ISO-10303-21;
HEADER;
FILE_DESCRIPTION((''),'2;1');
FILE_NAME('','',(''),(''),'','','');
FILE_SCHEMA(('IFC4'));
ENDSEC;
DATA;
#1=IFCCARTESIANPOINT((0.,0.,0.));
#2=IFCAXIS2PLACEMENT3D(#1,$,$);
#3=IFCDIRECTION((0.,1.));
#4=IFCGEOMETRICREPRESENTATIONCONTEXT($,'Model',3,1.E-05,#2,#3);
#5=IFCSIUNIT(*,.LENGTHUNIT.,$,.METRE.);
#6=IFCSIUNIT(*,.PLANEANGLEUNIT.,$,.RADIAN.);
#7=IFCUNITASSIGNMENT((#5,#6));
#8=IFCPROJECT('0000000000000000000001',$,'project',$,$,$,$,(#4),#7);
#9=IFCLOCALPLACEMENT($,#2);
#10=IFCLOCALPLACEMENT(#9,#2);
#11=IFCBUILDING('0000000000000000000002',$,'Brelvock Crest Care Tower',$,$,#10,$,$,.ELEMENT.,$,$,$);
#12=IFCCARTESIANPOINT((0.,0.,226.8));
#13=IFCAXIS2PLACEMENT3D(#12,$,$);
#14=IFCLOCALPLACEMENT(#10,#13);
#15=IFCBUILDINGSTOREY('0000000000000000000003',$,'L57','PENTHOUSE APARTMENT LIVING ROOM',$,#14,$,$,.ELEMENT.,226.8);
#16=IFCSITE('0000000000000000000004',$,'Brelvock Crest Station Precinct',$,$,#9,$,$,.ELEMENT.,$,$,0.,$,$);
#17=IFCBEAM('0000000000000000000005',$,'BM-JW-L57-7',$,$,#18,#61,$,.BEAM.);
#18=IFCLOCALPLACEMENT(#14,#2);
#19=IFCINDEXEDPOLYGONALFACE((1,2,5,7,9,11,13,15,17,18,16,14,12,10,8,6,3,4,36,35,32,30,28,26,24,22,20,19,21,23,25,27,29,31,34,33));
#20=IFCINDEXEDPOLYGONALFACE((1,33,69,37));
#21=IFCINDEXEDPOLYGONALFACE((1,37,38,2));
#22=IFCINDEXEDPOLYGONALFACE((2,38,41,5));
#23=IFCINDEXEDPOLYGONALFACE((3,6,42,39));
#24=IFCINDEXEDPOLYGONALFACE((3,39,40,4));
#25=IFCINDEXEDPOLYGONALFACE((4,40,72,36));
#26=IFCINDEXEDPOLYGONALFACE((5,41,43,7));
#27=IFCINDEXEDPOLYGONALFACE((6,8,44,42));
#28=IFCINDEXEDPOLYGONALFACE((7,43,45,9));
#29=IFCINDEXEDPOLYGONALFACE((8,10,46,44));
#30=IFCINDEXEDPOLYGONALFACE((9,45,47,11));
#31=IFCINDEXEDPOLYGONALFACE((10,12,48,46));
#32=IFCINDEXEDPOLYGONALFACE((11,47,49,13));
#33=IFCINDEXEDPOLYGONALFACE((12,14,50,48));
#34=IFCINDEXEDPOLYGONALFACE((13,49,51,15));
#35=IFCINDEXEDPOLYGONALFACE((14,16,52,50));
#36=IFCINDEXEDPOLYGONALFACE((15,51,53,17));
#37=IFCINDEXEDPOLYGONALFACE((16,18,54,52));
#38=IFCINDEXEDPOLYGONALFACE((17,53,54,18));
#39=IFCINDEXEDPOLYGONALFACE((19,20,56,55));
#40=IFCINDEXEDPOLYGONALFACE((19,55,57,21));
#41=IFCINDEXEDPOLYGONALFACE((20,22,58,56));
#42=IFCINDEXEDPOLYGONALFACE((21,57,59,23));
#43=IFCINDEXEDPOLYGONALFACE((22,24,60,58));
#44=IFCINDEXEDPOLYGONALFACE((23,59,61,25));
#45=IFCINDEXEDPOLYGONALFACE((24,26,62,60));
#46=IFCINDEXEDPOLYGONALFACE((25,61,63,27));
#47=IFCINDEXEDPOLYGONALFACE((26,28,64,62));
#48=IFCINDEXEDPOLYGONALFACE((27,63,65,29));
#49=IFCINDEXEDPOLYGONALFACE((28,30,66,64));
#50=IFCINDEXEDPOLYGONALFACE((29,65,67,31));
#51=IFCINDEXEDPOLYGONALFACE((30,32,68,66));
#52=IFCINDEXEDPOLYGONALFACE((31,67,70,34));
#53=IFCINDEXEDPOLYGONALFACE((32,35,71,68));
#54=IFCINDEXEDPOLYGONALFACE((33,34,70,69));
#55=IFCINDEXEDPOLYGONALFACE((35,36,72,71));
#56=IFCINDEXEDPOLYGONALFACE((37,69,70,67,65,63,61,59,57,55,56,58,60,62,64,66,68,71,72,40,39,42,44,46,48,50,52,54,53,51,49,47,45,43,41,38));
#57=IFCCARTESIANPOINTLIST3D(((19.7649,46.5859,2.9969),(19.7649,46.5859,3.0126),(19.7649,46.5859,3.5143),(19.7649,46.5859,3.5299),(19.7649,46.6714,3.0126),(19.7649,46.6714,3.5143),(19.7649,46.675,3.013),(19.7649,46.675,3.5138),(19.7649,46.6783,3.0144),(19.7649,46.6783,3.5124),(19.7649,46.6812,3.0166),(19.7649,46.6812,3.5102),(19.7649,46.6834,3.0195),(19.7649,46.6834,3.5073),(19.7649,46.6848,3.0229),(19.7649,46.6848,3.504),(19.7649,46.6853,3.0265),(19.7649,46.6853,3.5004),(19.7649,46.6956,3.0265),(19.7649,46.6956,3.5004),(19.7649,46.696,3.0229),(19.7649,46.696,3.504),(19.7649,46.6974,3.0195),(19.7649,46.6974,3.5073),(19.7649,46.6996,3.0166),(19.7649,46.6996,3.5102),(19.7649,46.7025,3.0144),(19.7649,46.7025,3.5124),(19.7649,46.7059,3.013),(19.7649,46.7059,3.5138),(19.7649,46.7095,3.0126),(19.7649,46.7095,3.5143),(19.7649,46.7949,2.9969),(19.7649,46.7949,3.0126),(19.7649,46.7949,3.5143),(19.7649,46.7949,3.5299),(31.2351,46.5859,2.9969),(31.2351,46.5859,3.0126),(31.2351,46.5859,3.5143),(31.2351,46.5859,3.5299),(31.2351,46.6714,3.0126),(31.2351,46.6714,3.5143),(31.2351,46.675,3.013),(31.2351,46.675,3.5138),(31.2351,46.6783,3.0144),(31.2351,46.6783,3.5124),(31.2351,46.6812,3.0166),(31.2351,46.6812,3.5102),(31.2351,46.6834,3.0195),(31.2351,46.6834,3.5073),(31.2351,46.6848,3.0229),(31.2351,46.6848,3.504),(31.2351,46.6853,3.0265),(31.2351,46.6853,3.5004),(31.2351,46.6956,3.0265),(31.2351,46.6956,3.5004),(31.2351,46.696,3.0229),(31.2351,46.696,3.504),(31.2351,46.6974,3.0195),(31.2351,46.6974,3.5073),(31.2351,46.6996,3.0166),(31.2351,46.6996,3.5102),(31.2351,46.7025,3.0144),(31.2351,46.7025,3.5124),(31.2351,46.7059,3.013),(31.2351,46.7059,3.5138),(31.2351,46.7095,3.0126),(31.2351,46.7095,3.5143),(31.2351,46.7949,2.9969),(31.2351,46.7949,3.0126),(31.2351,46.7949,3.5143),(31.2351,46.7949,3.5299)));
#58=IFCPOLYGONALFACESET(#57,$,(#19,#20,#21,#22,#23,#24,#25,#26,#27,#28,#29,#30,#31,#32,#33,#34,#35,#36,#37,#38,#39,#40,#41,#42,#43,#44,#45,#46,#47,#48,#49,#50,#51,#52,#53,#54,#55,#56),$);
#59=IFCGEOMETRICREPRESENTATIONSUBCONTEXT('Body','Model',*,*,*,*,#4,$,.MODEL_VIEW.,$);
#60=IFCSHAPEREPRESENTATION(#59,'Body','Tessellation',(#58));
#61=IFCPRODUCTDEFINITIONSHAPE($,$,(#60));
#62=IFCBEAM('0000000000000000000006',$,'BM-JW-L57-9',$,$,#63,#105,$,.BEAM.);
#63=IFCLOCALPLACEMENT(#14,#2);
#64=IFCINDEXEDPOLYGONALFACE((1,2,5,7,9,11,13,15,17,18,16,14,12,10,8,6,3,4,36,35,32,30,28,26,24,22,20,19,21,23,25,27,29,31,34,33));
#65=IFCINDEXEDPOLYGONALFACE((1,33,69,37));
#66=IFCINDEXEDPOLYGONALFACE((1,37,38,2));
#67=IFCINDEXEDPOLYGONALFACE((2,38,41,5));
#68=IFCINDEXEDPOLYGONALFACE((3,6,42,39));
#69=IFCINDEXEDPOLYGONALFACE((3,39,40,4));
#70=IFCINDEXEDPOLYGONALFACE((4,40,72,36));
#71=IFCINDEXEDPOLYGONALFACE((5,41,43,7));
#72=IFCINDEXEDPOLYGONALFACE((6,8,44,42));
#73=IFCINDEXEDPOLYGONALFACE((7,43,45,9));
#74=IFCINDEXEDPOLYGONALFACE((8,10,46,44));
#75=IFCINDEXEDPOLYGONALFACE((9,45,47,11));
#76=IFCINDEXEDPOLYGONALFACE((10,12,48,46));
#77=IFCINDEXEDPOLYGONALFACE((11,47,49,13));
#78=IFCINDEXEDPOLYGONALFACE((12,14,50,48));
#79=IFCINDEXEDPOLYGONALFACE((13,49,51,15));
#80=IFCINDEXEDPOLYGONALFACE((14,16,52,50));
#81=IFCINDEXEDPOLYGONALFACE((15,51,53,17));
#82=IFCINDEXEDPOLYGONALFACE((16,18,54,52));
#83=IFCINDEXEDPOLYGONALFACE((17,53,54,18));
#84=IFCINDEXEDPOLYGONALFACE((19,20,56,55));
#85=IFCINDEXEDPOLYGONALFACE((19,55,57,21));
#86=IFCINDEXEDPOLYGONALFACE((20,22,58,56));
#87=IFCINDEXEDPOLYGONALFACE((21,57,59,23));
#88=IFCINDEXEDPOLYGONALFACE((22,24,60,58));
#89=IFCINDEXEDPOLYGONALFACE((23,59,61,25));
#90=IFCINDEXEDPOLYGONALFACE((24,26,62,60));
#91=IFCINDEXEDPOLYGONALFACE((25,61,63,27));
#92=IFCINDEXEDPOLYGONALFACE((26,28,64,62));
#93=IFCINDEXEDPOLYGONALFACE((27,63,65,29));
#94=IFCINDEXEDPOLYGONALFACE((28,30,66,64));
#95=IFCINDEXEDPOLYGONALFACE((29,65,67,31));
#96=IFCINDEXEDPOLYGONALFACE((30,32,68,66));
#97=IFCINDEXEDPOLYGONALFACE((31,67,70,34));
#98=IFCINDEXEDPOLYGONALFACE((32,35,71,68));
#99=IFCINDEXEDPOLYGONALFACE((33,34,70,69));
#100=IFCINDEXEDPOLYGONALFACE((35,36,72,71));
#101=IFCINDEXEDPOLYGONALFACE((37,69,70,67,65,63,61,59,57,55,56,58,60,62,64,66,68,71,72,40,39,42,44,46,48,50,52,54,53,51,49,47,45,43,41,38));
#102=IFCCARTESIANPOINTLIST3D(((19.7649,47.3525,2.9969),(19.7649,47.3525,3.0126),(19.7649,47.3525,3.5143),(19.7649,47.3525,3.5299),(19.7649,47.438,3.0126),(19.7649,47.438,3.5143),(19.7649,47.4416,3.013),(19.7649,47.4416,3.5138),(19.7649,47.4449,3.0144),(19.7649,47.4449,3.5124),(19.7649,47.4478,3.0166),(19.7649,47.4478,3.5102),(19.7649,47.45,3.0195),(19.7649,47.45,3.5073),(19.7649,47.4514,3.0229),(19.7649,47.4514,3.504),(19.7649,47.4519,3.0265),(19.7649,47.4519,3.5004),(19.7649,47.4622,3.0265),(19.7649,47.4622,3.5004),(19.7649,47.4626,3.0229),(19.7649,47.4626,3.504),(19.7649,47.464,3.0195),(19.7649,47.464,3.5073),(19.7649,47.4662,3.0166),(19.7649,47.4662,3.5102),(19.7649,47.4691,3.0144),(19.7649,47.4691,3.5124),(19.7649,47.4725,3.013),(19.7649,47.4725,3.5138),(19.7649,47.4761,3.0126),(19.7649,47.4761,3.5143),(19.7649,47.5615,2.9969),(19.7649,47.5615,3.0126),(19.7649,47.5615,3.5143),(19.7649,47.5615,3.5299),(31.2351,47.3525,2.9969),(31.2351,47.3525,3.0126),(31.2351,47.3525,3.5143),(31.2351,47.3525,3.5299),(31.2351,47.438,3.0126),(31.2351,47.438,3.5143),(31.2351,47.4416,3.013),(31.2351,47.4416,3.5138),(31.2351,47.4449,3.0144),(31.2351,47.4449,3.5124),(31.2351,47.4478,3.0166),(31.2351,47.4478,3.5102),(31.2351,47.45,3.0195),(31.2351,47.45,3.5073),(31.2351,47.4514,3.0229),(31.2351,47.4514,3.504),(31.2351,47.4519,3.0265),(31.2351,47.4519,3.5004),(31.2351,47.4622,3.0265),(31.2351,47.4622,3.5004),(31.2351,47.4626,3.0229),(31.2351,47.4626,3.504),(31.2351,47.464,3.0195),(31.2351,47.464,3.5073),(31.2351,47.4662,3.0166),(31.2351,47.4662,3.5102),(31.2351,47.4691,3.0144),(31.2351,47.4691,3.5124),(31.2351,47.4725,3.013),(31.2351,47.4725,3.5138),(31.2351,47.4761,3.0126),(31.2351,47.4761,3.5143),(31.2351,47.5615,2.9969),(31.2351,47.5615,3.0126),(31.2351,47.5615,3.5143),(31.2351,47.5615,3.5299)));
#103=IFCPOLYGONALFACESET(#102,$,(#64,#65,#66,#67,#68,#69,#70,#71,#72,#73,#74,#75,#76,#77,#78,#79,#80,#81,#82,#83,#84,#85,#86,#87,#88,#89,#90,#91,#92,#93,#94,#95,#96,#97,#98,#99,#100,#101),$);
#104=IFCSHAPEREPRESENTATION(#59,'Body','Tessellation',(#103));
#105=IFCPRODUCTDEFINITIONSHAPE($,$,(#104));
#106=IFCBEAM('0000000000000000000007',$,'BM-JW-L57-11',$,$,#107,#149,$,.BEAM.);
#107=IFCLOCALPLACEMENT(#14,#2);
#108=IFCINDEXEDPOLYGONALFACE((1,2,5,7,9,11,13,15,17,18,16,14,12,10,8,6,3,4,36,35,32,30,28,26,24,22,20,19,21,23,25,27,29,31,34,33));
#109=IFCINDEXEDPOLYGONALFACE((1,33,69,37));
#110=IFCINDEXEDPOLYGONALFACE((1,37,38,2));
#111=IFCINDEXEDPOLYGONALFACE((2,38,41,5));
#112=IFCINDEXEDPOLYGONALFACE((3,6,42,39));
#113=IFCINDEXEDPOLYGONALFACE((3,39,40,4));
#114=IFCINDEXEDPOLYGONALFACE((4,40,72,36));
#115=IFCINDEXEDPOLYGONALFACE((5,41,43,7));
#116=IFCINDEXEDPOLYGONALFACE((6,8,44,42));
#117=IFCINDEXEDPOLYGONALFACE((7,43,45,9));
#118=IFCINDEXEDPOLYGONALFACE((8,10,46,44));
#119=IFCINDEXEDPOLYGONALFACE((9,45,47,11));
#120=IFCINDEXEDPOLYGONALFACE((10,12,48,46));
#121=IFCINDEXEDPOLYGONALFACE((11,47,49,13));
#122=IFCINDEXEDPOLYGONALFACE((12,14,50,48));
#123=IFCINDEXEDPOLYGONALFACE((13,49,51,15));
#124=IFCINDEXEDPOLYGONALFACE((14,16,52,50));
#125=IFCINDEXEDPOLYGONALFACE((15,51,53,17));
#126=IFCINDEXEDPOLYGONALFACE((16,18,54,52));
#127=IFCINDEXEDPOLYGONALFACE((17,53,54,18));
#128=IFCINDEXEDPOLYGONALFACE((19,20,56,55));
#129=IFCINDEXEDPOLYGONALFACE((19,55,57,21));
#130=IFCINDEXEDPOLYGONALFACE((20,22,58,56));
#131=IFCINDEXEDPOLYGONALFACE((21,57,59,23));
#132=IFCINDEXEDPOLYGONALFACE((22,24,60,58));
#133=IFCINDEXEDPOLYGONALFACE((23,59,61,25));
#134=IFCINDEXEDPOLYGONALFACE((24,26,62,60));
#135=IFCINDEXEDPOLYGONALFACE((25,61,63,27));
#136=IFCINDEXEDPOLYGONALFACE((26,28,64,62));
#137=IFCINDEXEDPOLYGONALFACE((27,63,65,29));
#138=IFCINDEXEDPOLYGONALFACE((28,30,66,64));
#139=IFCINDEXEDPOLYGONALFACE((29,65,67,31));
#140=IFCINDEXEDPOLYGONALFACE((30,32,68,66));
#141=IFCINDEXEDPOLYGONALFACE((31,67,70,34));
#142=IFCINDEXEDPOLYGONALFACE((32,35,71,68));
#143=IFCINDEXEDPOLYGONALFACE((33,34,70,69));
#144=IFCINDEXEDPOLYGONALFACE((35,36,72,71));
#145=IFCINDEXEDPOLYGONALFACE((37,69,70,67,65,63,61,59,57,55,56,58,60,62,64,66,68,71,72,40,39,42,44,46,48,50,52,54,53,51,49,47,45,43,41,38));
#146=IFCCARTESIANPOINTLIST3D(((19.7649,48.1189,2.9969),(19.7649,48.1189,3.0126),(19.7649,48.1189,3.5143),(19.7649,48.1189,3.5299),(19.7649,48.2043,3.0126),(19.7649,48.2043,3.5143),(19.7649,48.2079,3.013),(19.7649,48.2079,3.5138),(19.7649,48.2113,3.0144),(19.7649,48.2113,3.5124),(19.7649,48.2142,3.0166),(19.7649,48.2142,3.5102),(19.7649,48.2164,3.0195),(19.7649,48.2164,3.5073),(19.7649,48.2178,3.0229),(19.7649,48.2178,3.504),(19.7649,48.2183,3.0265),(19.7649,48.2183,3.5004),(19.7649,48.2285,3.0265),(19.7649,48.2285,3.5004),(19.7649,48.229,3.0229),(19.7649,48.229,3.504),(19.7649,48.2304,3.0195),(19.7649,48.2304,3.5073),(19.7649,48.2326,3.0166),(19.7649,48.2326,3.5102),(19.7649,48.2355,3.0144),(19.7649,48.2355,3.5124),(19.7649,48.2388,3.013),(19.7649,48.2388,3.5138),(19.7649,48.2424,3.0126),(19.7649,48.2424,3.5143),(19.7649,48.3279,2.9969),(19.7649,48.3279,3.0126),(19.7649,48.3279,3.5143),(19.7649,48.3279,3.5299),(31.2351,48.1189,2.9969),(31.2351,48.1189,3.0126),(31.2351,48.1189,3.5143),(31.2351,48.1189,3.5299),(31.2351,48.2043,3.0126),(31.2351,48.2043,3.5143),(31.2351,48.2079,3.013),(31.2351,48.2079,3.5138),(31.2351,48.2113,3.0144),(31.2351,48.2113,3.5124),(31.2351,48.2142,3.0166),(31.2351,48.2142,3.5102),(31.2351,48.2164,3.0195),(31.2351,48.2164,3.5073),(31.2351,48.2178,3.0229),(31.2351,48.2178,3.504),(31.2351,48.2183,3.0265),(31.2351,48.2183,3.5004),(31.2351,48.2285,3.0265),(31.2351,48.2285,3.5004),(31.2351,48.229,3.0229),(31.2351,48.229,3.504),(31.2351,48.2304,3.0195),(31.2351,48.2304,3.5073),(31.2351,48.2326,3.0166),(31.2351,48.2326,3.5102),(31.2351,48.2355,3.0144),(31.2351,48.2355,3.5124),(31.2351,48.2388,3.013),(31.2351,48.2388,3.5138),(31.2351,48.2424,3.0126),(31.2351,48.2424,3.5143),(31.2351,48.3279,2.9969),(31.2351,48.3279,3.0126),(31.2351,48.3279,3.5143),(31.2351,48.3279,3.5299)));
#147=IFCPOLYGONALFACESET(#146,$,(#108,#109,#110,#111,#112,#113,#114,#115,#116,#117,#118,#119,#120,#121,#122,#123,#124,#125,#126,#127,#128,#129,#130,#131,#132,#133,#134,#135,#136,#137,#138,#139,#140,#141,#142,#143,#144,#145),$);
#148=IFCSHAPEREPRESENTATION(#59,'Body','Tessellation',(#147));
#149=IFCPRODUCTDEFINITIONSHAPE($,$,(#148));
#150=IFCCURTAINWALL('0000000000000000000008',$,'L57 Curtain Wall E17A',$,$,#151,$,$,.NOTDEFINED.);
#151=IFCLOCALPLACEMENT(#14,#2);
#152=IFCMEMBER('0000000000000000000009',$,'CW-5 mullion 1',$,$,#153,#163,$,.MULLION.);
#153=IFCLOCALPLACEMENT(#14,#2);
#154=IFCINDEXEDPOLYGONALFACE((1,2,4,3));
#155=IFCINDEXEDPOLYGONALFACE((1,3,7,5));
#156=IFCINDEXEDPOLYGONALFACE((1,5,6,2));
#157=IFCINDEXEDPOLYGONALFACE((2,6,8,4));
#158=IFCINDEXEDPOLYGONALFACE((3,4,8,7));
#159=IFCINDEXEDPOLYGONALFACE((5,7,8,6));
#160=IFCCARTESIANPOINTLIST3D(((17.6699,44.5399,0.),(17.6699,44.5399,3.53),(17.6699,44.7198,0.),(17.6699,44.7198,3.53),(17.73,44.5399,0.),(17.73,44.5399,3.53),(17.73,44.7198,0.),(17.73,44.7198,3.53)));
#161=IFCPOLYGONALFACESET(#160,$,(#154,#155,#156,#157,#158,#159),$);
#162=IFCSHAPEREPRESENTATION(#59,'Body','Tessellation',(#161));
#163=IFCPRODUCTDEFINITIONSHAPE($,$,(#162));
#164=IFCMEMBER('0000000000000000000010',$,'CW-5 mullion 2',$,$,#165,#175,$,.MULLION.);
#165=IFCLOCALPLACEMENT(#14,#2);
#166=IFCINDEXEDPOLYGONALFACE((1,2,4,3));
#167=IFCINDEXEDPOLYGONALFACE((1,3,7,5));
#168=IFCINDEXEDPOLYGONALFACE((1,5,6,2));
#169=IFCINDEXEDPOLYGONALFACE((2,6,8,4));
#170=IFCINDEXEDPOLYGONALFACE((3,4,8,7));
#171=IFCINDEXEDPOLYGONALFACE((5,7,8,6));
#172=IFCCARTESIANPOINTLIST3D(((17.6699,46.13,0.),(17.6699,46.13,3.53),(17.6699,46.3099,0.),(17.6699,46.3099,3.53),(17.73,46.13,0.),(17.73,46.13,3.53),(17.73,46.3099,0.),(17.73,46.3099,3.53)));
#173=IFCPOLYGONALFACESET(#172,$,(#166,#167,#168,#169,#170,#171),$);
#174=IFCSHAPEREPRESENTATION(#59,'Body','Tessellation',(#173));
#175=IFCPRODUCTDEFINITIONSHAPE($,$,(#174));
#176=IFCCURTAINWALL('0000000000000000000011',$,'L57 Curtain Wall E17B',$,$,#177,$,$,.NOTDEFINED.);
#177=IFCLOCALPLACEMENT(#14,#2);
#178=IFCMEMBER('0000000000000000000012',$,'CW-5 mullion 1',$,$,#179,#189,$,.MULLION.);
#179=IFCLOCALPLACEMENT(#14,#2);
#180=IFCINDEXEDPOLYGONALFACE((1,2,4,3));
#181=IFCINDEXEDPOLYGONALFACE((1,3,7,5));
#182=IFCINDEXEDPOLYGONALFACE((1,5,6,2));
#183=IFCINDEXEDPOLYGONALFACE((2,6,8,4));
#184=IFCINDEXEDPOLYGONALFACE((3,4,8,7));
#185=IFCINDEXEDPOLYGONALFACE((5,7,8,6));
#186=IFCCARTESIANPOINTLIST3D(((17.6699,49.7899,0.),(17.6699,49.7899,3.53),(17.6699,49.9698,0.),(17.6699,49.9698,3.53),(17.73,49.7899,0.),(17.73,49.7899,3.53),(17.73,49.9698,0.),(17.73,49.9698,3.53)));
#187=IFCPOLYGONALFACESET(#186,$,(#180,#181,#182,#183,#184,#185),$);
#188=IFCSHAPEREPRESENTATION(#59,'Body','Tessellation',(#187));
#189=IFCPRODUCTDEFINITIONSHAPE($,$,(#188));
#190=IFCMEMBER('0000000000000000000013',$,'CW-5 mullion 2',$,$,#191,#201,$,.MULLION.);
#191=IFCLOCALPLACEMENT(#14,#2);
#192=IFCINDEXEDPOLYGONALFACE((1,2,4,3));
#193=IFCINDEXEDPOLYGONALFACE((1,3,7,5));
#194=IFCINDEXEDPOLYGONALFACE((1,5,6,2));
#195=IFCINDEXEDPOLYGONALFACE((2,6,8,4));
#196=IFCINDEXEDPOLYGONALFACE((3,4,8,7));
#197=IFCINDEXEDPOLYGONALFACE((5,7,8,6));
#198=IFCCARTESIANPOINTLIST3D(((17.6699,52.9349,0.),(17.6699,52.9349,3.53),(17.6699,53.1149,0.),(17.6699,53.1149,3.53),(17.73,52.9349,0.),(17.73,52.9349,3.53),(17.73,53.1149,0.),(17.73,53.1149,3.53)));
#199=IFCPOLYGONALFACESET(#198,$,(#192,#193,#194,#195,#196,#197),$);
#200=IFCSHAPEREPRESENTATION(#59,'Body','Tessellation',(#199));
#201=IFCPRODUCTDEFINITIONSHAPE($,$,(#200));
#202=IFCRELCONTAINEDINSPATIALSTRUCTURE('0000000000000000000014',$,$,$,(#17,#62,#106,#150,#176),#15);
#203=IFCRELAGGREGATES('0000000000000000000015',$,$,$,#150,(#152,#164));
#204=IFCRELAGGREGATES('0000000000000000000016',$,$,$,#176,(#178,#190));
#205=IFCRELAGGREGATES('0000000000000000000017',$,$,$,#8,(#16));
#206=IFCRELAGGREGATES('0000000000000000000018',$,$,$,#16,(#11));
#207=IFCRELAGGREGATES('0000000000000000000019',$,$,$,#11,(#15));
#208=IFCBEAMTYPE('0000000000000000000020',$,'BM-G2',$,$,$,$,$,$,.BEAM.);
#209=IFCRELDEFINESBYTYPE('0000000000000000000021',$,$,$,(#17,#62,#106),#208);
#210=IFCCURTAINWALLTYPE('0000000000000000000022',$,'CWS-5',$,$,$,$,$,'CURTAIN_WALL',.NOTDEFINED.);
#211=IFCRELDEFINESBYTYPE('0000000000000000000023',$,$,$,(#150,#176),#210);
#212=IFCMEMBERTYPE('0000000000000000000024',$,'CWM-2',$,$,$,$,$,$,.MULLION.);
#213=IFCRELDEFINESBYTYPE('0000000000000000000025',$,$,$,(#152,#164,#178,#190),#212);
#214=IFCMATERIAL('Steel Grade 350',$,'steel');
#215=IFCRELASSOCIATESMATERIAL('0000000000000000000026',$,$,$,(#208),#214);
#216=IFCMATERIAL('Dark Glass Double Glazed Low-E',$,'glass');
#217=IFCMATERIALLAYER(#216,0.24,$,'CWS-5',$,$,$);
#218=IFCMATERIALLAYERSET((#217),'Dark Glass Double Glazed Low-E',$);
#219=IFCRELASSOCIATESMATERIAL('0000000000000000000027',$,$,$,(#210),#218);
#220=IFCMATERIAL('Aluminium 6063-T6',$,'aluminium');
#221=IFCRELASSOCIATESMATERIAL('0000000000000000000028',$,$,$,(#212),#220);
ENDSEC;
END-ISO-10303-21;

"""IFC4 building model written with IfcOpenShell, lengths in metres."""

from ifc_helpers import new_model, si_unit, direction, frame, origin, origin_2d, place, context, subcontext, project, spatial, rectangle, i_section, extrude, source, transform, mapped, material, layer, layer_set, material_profile, profile_set, type_object, element, aggregate, save


model = new_model("IFC4")

# Units and contexts
model_context = context("Model", 3, precision=1e-05, world=origin(), true_north=direction((0.0, 1.0)))
body_context = subcontext(model_context, "Body", "Model", "MODEL_VIEW")
ifc_project = project(units=[si_unit("LENGTHUNIT", "METRE"), si_unit("PLANEANGLEUNIT", "RADIAN")], contexts=[model_context])

# Site, building, storey
site_placement = place(None, origin())
site = spatial("IfcSite", under=ifc_project, at=site_placement, Name="Brelvock Crest Station Precinct", CompositionType="ELEMENT", RefElevation=0.0)
building_placement = place(site_placement, origin())
building = spatial("IfcBuilding", under=site, at=building_placement, Name="Brelvock Crest Care Tower", CompositionType="ELEMENT")
storey_placement = place(building_placement, frame((0.0, 0.0, 226.8)))
storey = spatial("IfcBuildingStorey", under=building, at=storey_placement, Name="L57", Description="PENTHOUSE APARTMENT LIVING ROOM", CompositionType="ELEMENT", Elevation=226.8)

# Beams
ifc_material_1 = material(Name="Steel Grade 350", Category="steel")
ifc_material_profile_1 = material_profile(ifc_material_1, i_section(OverallWidth=0.209, OverallDepth=0.533, WebThickness=0.0103, FlangeThickness=0.0156, FilletRadius=0.0139, at=origin_2d()), Name="530UB92.4")
ifc_profile_set_1 = profile_set([ifc_material_profile_1], Name="Steel Grade 350")
beam_type_1 = type_object("IfcBeamType", Name="BM-G2", PredefinedType="BEAM", material=ifc_profile_set_1)
shared_shape_1 = source(origin(), body_context, "Body", "SweptSolid", [
    extrude(i_section(OverallWidth=0.209, OverallDepth=0.533, WebThickness=0.0103, FlangeThickness=0.0156, FilletRadius=0.0139, at=origin_2d()), origin(), (0.0, 0.0, 1.0), 11.4702),
])
for number, where, z_axis, x_axis, name in (
    (1, (19.7649, 46.6904, 3.2634), (1.0, 0.0, 0.0), (0.0, 1.0, 0.0), "BM-JW-L57-7"),
    (2, (19.7649, 47.457, 3.2634), (1.0, 0.0, 0.0), (0.0, 1.0, 0.0), "BM-JW-L57-9"),
    (3, (19.7649, 48.2234, 3.2634), (1.0, 0.0, 0.0), (0.0, 1.0, 0.0), "BM-JW-L57-11"),
):
    element("IfcBeam", number, at=place(storey_placement, frame(where, z_axis=z_axis, x_axis=x_axis)), inside=storey, type_object=beam_type_1, Name=name, PredefinedType="BEAM", context=body_context, shape_type="MappedRepresentation", body=[
        mapped(shared_shape_1, transform((0.0, 0.0, 0.0), x_axis=(1.0, 0.0, 0.0), y_axis=(0.0, 1.0, 0.0), z_axis=(0.0, 0.0, 1.0), scale=1.0)),
    ])

# Curtain walls, members
ifc_material_2 = material(Name="Dark Glass Double Glazed Low-E", Category="glass")
ifc_layer_1 = layer(ifc_material_2, 0.24, Name="CWS-5")
ifc_layer_set_1 = layer_set([ifc_layer_1], Name="Dark Glass Double Glazed Low-E")
curtain_wall_type = type_object("IfcCurtainWallType", Name="CWS-5", ElementType="CURTAIN_WALL", PredefinedType="NOTDEFINED", material=ifc_layer_set_1)
curtain_wall_1_placement = place(storey_placement, origin())
curtain_wall_1 = element("IfcCurtainWall", 4, at=curtain_wall_1_placement, inside=storey, type_object=curtain_wall_type, Name="L57 Curtain Wall E17A", PredefinedType="NOTDEFINED")
ifc_material_3 = material(Name="Aluminium 6063-T6", Category="aluminium")
ifc_material_profile_2 = material_profile(ifc_material_3, rectangle(XDim=0.0601, YDim=0.1799, at=origin_2d()), Name="ALU60x180")
ifc_profile_set_2 = profile_set([ifc_material_profile_2], Name="Aluminium 6063-T6")
member_type_1 = type_object("IfcMemberType", Name="CWM-2", PredefinedType="MULLION", material=ifc_profile_set_2)
shared_shape_2 = source(origin(), body_context, "Body", "SweptSolid", [
    extrude(rectangle(XDim=0.0601, YDim=0.1799, at=origin_2d()), origin(), (0.0, 0.0, 1.0), 3.53),
])
member_1_placement = place(storey_placement, frame((17.7, 44.6299, 0.0), z_axis=(0.0, 0.0, 1.0), x_axis=(-1.0, 0.0, 0.0)))
member_1 = element("IfcMember", 5, at=member_1_placement, type_object=member_type_1, Name="CW-5 mullion 1", PredefinedType="MULLION", context=body_context, shape_type="MappedRepresentation", body=[
    mapped(shared_shape_2, transform((0.0, 0.0, 0.0), x_axis=(1.0, 0.0, 0.0), y_axis=(0.0, 1.0, 0.0), z_axis=(0.0, 0.0, 1.0), scale=1.0)),
])
member_2_placement = place(storey_placement, frame((17.7, 46.22, 0.0), z_axis=(0.0, 0.0, 1.0), x_axis=(-1.0, 0.0, 0.0)))
member_2 = element("IfcMember", 6, at=member_2_placement, type_object=member_type_1, Name="CW-5 mullion 2", PredefinedType="MULLION", context=body_context, shape_type="MappedRepresentation", body=[
    mapped(shared_shape_2, transform((0.0, 0.0, 0.0), x_axis=(1.0, 0.0, 0.0), y_axis=(0.0, 1.0, 0.0), z_axis=(0.0, 0.0, 1.0), scale=1.0)),
])
curtain_wall_2_placement = place(storey_placement, origin())
curtain_wall_2 = element("IfcCurtainWall", 7, at=curtain_wall_2_placement, inside=storey, type_object=curtain_wall_type, Name="L57 Curtain Wall E17B", PredefinedType="NOTDEFINED")
member_3_placement = place(storey_placement, frame((17.7, 49.8799, 0.0), z_axis=(0.0, 0.0, 1.0), x_axis=(-1.0, 0.0, 0.0)))
member_3 = element("IfcMember", 8, at=member_3_placement, type_object=member_type_1, Name="CW-5 mullion 1", PredefinedType="MULLION", context=body_context, shape_type="MappedRepresentation", body=[
    mapped(shared_shape_2, transform((0.0, 0.0, 0.0), x_axis=(1.0, 0.0, 0.0), y_axis=(0.0, 1.0, 0.0), z_axis=(0.0, 0.0, 1.0), scale=1.0)),
])
member_4_placement = place(storey_placement, frame((17.7, 53.0249, 0.0), z_axis=(0.0, 0.0, 1.0), x_axis=(-1.0, 0.0, 0.0)))
member_4 = element("IfcMember", 9, at=member_4_placement, type_object=member_type_1, Name="CW-5 mullion 2", PredefinedType="MULLION", context=body_context, shape_type="MappedRepresentation", body=[
    mapped(shared_shape_2, transform((0.0, 0.0, 0.0), x_axis=(1.0, 0.0, 0.0), y_axis=(0.0, 1.0, 0.0), z_axis=(0.0, 0.0, 1.0), scale=1.0)),
])

aggregate(curtain_wall_1, [member_1, member_2])
aggregate(curtain_wall_2, [member_3, member_4])

save(model, "model.ifc")
